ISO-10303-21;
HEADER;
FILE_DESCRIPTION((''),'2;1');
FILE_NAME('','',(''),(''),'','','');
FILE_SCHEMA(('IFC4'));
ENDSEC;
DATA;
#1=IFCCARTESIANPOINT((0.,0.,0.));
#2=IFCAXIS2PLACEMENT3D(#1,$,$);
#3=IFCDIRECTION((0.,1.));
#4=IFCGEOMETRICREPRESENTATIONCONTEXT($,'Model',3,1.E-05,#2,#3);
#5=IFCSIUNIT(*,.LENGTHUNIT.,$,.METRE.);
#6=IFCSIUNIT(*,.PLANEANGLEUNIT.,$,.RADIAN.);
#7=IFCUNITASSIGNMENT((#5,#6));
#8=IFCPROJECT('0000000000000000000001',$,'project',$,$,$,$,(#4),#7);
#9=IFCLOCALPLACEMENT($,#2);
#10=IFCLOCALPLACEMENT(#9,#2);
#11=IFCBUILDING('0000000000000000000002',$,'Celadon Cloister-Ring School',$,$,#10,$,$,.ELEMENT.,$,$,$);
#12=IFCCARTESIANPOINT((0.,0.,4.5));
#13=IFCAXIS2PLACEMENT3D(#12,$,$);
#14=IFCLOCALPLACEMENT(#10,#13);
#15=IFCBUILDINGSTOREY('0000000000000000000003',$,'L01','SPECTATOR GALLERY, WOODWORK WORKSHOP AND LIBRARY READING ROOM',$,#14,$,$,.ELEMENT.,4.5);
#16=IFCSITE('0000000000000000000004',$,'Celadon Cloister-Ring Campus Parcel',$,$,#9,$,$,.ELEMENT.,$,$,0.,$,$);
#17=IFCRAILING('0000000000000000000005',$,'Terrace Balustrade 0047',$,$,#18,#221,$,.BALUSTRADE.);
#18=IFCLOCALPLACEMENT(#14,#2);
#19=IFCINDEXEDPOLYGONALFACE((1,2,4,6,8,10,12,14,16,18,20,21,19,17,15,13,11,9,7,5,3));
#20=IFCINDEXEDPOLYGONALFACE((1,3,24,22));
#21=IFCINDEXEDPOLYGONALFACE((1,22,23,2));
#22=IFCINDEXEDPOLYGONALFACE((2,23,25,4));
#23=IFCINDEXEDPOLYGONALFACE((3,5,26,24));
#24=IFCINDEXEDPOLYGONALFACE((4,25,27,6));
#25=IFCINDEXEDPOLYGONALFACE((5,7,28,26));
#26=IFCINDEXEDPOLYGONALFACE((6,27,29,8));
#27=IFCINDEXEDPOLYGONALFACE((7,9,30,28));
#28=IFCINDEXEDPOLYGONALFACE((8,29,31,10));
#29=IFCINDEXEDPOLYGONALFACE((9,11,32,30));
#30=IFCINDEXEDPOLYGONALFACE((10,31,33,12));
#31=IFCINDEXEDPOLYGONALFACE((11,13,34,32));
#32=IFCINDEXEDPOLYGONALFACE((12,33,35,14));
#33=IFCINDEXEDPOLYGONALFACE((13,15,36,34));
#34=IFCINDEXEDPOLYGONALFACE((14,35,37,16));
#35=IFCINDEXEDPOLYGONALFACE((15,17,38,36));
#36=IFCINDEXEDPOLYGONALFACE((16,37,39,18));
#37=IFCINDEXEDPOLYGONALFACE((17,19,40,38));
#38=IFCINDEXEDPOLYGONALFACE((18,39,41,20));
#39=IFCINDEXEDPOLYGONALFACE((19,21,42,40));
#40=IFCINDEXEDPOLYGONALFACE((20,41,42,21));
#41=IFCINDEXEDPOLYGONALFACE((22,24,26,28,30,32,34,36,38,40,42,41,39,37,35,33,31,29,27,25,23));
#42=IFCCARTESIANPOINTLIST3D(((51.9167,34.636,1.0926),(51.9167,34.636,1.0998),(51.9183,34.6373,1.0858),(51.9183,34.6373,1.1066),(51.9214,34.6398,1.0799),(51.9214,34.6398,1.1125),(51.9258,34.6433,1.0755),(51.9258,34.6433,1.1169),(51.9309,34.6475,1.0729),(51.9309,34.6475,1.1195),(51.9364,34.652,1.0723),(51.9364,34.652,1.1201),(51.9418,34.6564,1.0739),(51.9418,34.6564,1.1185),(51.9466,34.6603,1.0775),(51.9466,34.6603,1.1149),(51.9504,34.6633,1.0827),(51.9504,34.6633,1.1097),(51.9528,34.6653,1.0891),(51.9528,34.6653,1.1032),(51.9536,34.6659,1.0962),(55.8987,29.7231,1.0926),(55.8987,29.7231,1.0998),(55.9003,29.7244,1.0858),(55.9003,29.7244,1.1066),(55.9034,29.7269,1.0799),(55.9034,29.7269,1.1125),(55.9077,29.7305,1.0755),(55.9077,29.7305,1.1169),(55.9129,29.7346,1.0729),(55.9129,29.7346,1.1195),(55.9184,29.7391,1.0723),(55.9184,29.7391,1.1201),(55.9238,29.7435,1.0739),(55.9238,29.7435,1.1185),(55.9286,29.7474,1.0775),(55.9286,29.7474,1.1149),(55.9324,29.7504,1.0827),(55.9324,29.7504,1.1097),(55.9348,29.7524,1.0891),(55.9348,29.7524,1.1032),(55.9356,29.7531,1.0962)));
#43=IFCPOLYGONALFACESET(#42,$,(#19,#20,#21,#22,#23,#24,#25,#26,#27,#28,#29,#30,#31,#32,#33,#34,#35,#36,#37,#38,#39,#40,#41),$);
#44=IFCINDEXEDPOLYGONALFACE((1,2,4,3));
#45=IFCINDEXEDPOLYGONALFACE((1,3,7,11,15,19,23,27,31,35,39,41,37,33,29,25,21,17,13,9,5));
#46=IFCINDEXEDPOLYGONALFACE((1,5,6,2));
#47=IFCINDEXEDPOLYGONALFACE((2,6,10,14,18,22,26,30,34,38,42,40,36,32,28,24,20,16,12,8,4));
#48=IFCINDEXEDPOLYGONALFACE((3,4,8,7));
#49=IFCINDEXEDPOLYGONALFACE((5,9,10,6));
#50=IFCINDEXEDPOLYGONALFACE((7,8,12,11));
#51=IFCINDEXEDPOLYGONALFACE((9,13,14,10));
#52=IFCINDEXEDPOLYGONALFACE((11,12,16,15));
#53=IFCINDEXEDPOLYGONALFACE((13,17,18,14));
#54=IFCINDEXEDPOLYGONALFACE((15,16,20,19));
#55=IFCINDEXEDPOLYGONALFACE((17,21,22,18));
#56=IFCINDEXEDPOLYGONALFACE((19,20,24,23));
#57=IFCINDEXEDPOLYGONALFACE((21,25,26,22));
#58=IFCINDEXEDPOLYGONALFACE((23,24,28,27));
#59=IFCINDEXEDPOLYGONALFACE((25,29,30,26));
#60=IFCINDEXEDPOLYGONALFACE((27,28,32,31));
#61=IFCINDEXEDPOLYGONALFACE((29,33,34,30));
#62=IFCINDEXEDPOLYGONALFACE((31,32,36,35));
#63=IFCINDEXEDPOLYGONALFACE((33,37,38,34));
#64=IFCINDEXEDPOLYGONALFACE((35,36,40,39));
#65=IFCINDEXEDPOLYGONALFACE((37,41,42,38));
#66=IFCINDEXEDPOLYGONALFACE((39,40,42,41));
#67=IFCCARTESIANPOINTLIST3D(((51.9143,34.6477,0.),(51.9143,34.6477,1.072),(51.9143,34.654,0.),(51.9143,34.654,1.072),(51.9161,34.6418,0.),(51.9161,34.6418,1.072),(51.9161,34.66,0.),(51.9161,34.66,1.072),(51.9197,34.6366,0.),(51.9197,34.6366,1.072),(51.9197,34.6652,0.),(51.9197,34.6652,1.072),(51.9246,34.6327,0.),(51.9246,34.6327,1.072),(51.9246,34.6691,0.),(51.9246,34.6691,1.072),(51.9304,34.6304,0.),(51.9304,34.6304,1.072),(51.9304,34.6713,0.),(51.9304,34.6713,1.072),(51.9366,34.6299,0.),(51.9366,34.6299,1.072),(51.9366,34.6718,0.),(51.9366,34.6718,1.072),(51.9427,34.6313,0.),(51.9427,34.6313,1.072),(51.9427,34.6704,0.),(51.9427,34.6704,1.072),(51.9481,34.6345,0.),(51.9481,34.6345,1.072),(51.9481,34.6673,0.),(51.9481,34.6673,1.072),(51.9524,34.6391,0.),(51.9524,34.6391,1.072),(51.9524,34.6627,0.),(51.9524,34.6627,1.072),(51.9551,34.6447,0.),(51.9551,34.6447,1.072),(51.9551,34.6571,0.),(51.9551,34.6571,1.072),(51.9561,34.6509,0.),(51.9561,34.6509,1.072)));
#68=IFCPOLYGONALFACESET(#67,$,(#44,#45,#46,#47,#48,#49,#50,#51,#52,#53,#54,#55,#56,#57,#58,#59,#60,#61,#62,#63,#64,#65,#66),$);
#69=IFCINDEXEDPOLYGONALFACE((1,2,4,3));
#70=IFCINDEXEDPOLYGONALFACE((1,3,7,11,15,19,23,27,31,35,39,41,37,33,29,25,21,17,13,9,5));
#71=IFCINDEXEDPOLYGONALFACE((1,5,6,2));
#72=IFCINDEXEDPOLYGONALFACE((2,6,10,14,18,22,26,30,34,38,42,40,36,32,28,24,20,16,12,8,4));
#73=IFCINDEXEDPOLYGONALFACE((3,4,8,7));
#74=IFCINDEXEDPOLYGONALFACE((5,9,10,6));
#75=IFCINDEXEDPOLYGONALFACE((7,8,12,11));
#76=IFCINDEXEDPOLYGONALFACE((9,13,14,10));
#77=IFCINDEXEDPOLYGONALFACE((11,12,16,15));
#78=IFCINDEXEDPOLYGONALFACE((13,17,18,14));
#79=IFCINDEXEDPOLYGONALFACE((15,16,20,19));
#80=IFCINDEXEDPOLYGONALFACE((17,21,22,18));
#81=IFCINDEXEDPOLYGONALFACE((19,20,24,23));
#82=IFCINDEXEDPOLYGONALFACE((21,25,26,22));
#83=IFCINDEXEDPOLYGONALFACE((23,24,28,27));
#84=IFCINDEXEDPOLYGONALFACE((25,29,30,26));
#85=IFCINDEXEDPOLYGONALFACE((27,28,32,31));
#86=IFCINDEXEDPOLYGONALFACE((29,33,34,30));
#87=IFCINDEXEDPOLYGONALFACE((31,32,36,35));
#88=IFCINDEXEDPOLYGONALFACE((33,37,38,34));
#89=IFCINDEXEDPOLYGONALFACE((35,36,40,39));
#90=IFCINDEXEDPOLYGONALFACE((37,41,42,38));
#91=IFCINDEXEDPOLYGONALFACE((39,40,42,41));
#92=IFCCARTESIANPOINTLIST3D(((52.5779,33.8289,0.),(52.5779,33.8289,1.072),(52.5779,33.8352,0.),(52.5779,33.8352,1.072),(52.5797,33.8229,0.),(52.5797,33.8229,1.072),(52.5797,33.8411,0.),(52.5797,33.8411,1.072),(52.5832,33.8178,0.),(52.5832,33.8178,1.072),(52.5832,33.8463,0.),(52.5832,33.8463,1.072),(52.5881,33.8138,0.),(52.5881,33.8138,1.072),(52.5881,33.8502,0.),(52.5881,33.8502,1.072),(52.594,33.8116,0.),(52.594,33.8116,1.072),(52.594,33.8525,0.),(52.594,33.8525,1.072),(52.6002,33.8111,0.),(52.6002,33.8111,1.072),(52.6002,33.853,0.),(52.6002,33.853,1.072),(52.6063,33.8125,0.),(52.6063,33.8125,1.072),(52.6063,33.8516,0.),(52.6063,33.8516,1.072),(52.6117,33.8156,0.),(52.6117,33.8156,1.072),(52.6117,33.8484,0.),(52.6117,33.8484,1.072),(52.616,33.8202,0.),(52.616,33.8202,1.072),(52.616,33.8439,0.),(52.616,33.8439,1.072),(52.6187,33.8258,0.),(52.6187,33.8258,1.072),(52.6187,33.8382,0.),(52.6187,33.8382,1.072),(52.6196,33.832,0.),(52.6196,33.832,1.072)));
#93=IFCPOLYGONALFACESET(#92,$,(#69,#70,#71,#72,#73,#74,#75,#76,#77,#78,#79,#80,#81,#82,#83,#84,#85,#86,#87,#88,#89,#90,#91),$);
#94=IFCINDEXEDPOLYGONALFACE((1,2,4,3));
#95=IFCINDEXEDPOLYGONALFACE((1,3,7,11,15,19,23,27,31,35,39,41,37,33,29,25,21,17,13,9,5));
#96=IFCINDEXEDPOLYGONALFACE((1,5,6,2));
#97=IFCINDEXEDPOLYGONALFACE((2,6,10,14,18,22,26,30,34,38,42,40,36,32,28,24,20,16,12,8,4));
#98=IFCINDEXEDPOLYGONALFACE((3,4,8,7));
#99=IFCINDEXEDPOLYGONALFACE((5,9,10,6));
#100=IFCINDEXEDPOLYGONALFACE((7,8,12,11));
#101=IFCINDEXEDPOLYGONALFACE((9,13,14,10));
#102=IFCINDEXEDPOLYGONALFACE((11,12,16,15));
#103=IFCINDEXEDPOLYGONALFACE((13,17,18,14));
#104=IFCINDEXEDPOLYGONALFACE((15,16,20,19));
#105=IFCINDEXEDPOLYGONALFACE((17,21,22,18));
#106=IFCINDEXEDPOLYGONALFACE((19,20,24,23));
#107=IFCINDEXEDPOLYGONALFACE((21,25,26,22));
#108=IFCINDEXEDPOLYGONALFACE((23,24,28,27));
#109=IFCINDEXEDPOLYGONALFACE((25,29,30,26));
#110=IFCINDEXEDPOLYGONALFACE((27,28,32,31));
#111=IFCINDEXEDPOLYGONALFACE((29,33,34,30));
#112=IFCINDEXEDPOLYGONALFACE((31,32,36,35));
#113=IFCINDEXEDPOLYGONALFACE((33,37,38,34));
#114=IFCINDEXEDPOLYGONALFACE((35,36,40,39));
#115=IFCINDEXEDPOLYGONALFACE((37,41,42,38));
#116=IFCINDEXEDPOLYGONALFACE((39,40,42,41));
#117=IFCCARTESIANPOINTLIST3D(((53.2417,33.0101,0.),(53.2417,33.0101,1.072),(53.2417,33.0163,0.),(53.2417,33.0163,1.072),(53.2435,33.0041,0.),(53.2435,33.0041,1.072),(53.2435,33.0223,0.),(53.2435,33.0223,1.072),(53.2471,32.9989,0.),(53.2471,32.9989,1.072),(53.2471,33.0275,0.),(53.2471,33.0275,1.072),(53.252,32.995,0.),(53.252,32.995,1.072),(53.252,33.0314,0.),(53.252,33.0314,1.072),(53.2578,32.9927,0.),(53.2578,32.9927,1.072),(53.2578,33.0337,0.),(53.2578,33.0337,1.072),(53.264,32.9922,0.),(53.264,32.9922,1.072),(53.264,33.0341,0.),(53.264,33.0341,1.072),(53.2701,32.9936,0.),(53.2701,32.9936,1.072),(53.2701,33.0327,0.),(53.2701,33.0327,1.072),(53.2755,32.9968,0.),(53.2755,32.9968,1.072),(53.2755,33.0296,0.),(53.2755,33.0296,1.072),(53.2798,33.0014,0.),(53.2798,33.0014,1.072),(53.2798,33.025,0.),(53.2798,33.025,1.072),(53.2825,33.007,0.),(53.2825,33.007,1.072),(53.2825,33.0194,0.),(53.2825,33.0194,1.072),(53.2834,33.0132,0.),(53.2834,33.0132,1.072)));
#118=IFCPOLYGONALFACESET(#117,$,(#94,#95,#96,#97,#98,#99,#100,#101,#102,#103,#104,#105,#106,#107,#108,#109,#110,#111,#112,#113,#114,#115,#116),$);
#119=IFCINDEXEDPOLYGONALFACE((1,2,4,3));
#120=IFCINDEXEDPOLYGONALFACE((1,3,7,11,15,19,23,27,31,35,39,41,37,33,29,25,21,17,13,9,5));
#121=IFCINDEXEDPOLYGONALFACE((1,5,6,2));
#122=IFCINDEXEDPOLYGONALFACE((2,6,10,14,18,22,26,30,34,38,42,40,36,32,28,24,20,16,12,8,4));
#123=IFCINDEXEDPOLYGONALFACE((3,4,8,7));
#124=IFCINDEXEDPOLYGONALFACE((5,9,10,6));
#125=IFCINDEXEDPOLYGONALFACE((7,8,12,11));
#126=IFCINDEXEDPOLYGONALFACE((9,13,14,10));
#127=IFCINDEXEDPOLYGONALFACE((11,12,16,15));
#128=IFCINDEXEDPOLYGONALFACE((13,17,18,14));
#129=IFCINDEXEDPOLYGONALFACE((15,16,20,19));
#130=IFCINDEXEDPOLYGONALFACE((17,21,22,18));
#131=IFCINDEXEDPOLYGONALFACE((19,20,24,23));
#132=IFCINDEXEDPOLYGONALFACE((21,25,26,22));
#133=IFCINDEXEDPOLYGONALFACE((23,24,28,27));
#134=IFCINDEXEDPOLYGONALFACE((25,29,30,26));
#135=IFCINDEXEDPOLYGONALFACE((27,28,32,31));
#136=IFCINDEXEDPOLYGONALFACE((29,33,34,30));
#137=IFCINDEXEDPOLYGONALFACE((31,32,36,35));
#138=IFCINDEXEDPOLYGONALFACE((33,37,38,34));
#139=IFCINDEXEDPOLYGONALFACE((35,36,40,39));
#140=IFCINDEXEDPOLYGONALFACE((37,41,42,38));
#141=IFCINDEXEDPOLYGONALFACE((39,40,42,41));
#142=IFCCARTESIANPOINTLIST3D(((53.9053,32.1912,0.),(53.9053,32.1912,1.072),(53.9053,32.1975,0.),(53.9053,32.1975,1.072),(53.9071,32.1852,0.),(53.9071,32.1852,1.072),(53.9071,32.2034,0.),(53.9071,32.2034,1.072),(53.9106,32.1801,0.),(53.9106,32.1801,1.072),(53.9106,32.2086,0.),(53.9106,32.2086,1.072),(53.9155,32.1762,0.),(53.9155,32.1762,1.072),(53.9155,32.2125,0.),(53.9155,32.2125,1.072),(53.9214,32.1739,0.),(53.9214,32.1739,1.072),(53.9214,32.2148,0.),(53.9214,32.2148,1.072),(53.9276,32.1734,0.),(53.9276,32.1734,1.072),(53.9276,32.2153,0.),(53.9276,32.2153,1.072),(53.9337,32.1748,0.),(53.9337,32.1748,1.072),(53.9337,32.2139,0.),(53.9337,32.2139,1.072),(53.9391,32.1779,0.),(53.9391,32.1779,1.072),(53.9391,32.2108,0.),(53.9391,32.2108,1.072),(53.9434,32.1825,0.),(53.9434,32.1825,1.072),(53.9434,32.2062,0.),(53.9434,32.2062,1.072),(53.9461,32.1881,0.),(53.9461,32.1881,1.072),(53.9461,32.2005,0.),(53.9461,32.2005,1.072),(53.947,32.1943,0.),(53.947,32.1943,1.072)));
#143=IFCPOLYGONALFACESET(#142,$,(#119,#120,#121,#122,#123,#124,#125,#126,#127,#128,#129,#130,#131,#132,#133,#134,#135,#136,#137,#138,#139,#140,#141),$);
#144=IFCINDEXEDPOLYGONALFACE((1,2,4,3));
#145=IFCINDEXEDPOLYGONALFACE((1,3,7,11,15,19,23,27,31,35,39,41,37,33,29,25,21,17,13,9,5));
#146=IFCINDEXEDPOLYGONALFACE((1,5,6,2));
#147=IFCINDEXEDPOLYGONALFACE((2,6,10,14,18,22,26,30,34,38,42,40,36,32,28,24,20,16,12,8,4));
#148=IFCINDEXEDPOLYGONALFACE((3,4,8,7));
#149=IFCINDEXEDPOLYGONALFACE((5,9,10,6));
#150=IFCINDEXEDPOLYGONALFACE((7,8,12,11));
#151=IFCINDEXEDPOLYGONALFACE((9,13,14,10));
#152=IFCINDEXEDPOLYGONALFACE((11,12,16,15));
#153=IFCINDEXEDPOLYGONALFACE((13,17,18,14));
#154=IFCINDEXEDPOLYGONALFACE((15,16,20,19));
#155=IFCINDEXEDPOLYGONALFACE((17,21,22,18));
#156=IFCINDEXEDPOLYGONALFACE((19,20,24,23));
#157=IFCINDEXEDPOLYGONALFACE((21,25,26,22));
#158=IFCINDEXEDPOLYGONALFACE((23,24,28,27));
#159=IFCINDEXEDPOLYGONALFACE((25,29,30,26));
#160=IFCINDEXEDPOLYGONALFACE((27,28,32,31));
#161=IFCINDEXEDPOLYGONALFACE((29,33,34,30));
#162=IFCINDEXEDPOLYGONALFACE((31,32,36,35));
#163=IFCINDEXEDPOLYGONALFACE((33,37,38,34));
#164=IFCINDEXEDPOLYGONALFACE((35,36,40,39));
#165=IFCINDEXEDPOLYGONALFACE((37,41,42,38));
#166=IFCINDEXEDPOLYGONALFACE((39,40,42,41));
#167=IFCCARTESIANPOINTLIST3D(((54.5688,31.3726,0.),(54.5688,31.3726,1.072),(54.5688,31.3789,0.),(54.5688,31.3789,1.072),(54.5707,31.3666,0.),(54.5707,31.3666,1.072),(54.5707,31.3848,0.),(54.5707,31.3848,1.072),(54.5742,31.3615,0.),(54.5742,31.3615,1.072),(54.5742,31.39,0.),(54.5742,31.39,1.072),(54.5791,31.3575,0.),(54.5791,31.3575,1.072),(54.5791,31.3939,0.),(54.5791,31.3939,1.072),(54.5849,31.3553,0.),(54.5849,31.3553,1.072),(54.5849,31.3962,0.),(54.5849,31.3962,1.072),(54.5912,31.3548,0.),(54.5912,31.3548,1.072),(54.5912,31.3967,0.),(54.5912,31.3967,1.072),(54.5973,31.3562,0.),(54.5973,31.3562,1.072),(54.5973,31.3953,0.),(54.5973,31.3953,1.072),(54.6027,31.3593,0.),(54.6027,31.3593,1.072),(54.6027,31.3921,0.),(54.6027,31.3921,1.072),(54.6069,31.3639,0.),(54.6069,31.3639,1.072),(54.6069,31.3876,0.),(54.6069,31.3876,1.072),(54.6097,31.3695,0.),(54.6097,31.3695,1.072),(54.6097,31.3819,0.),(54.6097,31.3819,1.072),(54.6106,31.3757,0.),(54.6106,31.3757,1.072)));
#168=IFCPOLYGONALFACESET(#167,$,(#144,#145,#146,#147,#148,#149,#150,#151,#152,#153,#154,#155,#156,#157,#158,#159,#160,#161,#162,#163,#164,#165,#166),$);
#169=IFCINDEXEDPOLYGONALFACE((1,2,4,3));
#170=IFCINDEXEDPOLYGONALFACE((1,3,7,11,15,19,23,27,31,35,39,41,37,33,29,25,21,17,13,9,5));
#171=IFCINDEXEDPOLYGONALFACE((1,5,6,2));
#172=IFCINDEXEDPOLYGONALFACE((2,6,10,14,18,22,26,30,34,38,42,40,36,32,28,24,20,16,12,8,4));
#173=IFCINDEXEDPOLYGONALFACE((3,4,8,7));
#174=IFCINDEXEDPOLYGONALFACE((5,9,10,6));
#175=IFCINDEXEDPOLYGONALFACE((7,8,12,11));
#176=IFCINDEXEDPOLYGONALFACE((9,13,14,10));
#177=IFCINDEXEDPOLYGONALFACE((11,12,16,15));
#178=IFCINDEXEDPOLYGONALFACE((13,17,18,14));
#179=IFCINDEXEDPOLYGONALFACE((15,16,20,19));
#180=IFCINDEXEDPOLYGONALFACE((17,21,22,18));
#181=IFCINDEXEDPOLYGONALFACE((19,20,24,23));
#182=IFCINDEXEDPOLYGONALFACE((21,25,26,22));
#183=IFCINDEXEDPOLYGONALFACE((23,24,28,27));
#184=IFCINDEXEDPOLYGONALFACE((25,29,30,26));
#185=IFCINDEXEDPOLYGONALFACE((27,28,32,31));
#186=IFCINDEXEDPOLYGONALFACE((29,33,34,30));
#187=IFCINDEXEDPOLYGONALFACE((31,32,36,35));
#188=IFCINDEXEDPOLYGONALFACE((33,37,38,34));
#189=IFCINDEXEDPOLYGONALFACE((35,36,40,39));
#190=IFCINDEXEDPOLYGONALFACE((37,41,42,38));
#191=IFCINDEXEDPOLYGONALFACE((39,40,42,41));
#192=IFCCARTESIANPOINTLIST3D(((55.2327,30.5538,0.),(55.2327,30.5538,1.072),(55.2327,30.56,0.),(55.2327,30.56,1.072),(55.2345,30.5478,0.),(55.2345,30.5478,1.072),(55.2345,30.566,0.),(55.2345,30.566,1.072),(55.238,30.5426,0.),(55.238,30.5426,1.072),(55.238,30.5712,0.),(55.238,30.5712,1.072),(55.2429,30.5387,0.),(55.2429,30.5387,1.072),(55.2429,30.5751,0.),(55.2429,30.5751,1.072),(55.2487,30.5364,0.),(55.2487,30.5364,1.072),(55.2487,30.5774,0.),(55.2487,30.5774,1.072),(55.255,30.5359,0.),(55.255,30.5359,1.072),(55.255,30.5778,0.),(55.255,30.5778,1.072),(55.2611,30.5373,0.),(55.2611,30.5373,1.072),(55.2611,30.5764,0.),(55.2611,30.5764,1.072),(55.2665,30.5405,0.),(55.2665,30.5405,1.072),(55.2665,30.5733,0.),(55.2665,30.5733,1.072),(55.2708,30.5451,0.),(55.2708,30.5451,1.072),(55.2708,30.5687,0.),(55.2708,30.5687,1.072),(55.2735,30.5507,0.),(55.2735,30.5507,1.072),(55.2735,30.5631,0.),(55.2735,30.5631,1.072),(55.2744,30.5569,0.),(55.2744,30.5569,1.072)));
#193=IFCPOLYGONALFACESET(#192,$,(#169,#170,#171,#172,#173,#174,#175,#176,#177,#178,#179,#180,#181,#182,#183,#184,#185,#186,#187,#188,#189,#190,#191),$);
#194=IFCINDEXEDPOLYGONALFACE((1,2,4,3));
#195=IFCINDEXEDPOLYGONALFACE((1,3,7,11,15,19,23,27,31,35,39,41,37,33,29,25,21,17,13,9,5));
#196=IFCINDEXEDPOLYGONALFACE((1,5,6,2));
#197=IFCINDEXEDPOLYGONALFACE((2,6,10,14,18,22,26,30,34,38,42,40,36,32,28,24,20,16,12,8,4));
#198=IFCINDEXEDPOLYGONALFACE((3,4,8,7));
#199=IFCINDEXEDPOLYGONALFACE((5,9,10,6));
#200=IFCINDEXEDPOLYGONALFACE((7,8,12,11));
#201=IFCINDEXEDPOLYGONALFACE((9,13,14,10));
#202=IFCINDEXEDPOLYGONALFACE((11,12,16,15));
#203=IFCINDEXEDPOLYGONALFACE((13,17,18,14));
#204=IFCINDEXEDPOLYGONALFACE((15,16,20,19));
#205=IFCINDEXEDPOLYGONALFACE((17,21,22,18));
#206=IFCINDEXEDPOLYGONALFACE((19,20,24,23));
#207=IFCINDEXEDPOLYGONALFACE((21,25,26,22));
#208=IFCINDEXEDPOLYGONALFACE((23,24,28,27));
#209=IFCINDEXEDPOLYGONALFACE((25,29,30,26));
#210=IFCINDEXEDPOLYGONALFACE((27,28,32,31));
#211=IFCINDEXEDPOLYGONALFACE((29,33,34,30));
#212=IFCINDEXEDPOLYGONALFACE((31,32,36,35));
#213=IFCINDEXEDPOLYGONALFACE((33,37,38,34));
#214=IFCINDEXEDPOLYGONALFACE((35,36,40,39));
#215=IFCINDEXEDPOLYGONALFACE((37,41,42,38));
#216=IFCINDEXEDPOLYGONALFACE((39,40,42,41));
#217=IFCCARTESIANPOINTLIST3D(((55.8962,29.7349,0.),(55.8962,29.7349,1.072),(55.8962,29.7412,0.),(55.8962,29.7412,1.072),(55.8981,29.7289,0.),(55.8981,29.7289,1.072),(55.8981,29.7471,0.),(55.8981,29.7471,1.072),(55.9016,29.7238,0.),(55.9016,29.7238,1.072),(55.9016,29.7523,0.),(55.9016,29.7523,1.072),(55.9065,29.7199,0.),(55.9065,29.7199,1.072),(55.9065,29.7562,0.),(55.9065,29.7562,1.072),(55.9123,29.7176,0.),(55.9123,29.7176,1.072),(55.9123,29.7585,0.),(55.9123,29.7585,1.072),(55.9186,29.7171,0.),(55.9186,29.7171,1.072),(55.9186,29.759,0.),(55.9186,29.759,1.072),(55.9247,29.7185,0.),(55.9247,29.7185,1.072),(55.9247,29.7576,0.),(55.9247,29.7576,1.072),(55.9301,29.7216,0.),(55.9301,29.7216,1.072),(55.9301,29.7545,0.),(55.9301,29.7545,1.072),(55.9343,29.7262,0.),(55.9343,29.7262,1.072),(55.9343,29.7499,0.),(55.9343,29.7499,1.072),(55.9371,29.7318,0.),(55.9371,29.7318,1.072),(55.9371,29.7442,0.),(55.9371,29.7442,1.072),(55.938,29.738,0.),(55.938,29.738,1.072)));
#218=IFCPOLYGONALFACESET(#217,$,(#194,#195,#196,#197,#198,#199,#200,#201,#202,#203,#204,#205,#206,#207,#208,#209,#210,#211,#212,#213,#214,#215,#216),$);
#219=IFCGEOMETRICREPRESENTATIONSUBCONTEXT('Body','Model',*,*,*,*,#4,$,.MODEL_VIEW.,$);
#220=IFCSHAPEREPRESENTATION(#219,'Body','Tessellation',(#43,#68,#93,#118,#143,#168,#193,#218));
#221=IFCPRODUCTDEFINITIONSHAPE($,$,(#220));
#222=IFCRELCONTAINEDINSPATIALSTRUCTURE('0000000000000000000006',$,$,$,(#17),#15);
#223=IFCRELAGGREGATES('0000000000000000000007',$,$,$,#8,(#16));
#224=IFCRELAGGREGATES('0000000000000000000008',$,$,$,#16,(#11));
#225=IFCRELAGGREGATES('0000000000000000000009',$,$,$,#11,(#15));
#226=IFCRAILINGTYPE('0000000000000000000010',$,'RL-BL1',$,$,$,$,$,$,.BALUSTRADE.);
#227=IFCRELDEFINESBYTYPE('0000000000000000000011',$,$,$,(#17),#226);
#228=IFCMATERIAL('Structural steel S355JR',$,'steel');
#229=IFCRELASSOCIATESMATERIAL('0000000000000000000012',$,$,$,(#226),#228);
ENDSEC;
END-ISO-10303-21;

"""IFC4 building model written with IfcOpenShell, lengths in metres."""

from ifc_helpers import new_model, si_unit, direction, frame, origin, origin_2d, place, context, subcontext, project, spatial, circle, extrude, material, type_object, element, save


model = new_model("IFC4")

# Units and contexts
model_context = context("Model", 3, precision=1e-05, world=origin(), true_north=direction((0.0, 1.0)))
body_context = subcontext(model_context, "Body", "Model", "MODEL_VIEW")
ifc_project = project(units=[si_unit("LENGTHUNIT", "METRE"), si_unit("PLANEANGLEUNIT", "RADIAN")], contexts=[model_context])

# Site, building, storey
site_placement = place(None, origin())
site = spatial("IfcSite", under=ifc_project, at=site_placement, Name="Celadon Cloister-Ring Campus Parcel", CompositionType="ELEMENT", RefElevation=0.0)
building_placement = place(site_placement, origin())
building = spatial("IfcBuilding", under=site, at=building_placement, Name="Celadon Cloister-Ring School", CompositionType="ELEMENT")
storey_placement = place(building_placement, frame((0.0, 0.0, 4.5)))
storey = spatial("IfcBuildingStorey", under=building, at=storey_placement, Name="L01", Description="SPECTATOR GALLERY, WOODWORK WORKSHOP AND LIBRARY READING ROOM", CompositionType="ELEMENT", Elevation=4.5)

# Railing
ifc_material_1 = material(Name="Structural steel S355JR", Category="steel")
railing_type = type_object("IfcRailingType", Name="RL-BL1", PredefinedType="BALUSTRADE", material=ifc_material_1)
railing_placement = place(storey_placement, frame((51.9351, 34.6509, 0.0)))
element("IfcRailing", 1, at=railing_placement, inside=storey, type_object=railing_type, Name="Terrace Balustrade 0047", PredefinedType="BALUSTRADE", context=body_context, shape_type="SweptSolid", body=[
    extrude(circle(Radius=0.0239, at=origin_2d()), frame((0.0, 0.0, 1.0962), z_axis=(0.629663, -0.776868, 0.0), x_axis=(0.776868, 0.629663, 0.0)), (0.0, 0.0, 1.0), 6.324),
    extrude(circle(Radius=0.021, at=origin_2d()), origin(), (0.0, 0.0, 1.0), 1.072),
    extrude(circle(Radius=0.021, at=origin_2d()), frame((0.6636, -0.8188, 0.0)), (0.0, 0.0, 1.0), 1.072),
    extrude(circle(Radius=0.021, at=origin_2d()), frame((1.3274, -1.6377, 0.0)), (0.0, 0.0, 1.0), 1.072),
    extrude(circle(Radius=0.021, at=origin_2d()), frame((1.991, -2.4565, 0.0)), (0.0, 0.0, 1.0), 1.072),
    extrude(circle(Radius=0.021, at=origin_2d()), frame((2.6545, -3.2751, 0.0)), (0.0, 0.0, 1.0), 1.072),
    extrude(circle(Radius=0.021, at=origin_2d()), frame((3.3184, -4.094, 0.0)), (0.0, 0.0, 1.0), 1.072),
    extrude(circle(Radius=0.021, at=origin_2d()), frame((3.9819, -4.9128, 0.0)), (0.0, 0.0, 1.0), 1.072),
])

save(model, "model.ifc")
